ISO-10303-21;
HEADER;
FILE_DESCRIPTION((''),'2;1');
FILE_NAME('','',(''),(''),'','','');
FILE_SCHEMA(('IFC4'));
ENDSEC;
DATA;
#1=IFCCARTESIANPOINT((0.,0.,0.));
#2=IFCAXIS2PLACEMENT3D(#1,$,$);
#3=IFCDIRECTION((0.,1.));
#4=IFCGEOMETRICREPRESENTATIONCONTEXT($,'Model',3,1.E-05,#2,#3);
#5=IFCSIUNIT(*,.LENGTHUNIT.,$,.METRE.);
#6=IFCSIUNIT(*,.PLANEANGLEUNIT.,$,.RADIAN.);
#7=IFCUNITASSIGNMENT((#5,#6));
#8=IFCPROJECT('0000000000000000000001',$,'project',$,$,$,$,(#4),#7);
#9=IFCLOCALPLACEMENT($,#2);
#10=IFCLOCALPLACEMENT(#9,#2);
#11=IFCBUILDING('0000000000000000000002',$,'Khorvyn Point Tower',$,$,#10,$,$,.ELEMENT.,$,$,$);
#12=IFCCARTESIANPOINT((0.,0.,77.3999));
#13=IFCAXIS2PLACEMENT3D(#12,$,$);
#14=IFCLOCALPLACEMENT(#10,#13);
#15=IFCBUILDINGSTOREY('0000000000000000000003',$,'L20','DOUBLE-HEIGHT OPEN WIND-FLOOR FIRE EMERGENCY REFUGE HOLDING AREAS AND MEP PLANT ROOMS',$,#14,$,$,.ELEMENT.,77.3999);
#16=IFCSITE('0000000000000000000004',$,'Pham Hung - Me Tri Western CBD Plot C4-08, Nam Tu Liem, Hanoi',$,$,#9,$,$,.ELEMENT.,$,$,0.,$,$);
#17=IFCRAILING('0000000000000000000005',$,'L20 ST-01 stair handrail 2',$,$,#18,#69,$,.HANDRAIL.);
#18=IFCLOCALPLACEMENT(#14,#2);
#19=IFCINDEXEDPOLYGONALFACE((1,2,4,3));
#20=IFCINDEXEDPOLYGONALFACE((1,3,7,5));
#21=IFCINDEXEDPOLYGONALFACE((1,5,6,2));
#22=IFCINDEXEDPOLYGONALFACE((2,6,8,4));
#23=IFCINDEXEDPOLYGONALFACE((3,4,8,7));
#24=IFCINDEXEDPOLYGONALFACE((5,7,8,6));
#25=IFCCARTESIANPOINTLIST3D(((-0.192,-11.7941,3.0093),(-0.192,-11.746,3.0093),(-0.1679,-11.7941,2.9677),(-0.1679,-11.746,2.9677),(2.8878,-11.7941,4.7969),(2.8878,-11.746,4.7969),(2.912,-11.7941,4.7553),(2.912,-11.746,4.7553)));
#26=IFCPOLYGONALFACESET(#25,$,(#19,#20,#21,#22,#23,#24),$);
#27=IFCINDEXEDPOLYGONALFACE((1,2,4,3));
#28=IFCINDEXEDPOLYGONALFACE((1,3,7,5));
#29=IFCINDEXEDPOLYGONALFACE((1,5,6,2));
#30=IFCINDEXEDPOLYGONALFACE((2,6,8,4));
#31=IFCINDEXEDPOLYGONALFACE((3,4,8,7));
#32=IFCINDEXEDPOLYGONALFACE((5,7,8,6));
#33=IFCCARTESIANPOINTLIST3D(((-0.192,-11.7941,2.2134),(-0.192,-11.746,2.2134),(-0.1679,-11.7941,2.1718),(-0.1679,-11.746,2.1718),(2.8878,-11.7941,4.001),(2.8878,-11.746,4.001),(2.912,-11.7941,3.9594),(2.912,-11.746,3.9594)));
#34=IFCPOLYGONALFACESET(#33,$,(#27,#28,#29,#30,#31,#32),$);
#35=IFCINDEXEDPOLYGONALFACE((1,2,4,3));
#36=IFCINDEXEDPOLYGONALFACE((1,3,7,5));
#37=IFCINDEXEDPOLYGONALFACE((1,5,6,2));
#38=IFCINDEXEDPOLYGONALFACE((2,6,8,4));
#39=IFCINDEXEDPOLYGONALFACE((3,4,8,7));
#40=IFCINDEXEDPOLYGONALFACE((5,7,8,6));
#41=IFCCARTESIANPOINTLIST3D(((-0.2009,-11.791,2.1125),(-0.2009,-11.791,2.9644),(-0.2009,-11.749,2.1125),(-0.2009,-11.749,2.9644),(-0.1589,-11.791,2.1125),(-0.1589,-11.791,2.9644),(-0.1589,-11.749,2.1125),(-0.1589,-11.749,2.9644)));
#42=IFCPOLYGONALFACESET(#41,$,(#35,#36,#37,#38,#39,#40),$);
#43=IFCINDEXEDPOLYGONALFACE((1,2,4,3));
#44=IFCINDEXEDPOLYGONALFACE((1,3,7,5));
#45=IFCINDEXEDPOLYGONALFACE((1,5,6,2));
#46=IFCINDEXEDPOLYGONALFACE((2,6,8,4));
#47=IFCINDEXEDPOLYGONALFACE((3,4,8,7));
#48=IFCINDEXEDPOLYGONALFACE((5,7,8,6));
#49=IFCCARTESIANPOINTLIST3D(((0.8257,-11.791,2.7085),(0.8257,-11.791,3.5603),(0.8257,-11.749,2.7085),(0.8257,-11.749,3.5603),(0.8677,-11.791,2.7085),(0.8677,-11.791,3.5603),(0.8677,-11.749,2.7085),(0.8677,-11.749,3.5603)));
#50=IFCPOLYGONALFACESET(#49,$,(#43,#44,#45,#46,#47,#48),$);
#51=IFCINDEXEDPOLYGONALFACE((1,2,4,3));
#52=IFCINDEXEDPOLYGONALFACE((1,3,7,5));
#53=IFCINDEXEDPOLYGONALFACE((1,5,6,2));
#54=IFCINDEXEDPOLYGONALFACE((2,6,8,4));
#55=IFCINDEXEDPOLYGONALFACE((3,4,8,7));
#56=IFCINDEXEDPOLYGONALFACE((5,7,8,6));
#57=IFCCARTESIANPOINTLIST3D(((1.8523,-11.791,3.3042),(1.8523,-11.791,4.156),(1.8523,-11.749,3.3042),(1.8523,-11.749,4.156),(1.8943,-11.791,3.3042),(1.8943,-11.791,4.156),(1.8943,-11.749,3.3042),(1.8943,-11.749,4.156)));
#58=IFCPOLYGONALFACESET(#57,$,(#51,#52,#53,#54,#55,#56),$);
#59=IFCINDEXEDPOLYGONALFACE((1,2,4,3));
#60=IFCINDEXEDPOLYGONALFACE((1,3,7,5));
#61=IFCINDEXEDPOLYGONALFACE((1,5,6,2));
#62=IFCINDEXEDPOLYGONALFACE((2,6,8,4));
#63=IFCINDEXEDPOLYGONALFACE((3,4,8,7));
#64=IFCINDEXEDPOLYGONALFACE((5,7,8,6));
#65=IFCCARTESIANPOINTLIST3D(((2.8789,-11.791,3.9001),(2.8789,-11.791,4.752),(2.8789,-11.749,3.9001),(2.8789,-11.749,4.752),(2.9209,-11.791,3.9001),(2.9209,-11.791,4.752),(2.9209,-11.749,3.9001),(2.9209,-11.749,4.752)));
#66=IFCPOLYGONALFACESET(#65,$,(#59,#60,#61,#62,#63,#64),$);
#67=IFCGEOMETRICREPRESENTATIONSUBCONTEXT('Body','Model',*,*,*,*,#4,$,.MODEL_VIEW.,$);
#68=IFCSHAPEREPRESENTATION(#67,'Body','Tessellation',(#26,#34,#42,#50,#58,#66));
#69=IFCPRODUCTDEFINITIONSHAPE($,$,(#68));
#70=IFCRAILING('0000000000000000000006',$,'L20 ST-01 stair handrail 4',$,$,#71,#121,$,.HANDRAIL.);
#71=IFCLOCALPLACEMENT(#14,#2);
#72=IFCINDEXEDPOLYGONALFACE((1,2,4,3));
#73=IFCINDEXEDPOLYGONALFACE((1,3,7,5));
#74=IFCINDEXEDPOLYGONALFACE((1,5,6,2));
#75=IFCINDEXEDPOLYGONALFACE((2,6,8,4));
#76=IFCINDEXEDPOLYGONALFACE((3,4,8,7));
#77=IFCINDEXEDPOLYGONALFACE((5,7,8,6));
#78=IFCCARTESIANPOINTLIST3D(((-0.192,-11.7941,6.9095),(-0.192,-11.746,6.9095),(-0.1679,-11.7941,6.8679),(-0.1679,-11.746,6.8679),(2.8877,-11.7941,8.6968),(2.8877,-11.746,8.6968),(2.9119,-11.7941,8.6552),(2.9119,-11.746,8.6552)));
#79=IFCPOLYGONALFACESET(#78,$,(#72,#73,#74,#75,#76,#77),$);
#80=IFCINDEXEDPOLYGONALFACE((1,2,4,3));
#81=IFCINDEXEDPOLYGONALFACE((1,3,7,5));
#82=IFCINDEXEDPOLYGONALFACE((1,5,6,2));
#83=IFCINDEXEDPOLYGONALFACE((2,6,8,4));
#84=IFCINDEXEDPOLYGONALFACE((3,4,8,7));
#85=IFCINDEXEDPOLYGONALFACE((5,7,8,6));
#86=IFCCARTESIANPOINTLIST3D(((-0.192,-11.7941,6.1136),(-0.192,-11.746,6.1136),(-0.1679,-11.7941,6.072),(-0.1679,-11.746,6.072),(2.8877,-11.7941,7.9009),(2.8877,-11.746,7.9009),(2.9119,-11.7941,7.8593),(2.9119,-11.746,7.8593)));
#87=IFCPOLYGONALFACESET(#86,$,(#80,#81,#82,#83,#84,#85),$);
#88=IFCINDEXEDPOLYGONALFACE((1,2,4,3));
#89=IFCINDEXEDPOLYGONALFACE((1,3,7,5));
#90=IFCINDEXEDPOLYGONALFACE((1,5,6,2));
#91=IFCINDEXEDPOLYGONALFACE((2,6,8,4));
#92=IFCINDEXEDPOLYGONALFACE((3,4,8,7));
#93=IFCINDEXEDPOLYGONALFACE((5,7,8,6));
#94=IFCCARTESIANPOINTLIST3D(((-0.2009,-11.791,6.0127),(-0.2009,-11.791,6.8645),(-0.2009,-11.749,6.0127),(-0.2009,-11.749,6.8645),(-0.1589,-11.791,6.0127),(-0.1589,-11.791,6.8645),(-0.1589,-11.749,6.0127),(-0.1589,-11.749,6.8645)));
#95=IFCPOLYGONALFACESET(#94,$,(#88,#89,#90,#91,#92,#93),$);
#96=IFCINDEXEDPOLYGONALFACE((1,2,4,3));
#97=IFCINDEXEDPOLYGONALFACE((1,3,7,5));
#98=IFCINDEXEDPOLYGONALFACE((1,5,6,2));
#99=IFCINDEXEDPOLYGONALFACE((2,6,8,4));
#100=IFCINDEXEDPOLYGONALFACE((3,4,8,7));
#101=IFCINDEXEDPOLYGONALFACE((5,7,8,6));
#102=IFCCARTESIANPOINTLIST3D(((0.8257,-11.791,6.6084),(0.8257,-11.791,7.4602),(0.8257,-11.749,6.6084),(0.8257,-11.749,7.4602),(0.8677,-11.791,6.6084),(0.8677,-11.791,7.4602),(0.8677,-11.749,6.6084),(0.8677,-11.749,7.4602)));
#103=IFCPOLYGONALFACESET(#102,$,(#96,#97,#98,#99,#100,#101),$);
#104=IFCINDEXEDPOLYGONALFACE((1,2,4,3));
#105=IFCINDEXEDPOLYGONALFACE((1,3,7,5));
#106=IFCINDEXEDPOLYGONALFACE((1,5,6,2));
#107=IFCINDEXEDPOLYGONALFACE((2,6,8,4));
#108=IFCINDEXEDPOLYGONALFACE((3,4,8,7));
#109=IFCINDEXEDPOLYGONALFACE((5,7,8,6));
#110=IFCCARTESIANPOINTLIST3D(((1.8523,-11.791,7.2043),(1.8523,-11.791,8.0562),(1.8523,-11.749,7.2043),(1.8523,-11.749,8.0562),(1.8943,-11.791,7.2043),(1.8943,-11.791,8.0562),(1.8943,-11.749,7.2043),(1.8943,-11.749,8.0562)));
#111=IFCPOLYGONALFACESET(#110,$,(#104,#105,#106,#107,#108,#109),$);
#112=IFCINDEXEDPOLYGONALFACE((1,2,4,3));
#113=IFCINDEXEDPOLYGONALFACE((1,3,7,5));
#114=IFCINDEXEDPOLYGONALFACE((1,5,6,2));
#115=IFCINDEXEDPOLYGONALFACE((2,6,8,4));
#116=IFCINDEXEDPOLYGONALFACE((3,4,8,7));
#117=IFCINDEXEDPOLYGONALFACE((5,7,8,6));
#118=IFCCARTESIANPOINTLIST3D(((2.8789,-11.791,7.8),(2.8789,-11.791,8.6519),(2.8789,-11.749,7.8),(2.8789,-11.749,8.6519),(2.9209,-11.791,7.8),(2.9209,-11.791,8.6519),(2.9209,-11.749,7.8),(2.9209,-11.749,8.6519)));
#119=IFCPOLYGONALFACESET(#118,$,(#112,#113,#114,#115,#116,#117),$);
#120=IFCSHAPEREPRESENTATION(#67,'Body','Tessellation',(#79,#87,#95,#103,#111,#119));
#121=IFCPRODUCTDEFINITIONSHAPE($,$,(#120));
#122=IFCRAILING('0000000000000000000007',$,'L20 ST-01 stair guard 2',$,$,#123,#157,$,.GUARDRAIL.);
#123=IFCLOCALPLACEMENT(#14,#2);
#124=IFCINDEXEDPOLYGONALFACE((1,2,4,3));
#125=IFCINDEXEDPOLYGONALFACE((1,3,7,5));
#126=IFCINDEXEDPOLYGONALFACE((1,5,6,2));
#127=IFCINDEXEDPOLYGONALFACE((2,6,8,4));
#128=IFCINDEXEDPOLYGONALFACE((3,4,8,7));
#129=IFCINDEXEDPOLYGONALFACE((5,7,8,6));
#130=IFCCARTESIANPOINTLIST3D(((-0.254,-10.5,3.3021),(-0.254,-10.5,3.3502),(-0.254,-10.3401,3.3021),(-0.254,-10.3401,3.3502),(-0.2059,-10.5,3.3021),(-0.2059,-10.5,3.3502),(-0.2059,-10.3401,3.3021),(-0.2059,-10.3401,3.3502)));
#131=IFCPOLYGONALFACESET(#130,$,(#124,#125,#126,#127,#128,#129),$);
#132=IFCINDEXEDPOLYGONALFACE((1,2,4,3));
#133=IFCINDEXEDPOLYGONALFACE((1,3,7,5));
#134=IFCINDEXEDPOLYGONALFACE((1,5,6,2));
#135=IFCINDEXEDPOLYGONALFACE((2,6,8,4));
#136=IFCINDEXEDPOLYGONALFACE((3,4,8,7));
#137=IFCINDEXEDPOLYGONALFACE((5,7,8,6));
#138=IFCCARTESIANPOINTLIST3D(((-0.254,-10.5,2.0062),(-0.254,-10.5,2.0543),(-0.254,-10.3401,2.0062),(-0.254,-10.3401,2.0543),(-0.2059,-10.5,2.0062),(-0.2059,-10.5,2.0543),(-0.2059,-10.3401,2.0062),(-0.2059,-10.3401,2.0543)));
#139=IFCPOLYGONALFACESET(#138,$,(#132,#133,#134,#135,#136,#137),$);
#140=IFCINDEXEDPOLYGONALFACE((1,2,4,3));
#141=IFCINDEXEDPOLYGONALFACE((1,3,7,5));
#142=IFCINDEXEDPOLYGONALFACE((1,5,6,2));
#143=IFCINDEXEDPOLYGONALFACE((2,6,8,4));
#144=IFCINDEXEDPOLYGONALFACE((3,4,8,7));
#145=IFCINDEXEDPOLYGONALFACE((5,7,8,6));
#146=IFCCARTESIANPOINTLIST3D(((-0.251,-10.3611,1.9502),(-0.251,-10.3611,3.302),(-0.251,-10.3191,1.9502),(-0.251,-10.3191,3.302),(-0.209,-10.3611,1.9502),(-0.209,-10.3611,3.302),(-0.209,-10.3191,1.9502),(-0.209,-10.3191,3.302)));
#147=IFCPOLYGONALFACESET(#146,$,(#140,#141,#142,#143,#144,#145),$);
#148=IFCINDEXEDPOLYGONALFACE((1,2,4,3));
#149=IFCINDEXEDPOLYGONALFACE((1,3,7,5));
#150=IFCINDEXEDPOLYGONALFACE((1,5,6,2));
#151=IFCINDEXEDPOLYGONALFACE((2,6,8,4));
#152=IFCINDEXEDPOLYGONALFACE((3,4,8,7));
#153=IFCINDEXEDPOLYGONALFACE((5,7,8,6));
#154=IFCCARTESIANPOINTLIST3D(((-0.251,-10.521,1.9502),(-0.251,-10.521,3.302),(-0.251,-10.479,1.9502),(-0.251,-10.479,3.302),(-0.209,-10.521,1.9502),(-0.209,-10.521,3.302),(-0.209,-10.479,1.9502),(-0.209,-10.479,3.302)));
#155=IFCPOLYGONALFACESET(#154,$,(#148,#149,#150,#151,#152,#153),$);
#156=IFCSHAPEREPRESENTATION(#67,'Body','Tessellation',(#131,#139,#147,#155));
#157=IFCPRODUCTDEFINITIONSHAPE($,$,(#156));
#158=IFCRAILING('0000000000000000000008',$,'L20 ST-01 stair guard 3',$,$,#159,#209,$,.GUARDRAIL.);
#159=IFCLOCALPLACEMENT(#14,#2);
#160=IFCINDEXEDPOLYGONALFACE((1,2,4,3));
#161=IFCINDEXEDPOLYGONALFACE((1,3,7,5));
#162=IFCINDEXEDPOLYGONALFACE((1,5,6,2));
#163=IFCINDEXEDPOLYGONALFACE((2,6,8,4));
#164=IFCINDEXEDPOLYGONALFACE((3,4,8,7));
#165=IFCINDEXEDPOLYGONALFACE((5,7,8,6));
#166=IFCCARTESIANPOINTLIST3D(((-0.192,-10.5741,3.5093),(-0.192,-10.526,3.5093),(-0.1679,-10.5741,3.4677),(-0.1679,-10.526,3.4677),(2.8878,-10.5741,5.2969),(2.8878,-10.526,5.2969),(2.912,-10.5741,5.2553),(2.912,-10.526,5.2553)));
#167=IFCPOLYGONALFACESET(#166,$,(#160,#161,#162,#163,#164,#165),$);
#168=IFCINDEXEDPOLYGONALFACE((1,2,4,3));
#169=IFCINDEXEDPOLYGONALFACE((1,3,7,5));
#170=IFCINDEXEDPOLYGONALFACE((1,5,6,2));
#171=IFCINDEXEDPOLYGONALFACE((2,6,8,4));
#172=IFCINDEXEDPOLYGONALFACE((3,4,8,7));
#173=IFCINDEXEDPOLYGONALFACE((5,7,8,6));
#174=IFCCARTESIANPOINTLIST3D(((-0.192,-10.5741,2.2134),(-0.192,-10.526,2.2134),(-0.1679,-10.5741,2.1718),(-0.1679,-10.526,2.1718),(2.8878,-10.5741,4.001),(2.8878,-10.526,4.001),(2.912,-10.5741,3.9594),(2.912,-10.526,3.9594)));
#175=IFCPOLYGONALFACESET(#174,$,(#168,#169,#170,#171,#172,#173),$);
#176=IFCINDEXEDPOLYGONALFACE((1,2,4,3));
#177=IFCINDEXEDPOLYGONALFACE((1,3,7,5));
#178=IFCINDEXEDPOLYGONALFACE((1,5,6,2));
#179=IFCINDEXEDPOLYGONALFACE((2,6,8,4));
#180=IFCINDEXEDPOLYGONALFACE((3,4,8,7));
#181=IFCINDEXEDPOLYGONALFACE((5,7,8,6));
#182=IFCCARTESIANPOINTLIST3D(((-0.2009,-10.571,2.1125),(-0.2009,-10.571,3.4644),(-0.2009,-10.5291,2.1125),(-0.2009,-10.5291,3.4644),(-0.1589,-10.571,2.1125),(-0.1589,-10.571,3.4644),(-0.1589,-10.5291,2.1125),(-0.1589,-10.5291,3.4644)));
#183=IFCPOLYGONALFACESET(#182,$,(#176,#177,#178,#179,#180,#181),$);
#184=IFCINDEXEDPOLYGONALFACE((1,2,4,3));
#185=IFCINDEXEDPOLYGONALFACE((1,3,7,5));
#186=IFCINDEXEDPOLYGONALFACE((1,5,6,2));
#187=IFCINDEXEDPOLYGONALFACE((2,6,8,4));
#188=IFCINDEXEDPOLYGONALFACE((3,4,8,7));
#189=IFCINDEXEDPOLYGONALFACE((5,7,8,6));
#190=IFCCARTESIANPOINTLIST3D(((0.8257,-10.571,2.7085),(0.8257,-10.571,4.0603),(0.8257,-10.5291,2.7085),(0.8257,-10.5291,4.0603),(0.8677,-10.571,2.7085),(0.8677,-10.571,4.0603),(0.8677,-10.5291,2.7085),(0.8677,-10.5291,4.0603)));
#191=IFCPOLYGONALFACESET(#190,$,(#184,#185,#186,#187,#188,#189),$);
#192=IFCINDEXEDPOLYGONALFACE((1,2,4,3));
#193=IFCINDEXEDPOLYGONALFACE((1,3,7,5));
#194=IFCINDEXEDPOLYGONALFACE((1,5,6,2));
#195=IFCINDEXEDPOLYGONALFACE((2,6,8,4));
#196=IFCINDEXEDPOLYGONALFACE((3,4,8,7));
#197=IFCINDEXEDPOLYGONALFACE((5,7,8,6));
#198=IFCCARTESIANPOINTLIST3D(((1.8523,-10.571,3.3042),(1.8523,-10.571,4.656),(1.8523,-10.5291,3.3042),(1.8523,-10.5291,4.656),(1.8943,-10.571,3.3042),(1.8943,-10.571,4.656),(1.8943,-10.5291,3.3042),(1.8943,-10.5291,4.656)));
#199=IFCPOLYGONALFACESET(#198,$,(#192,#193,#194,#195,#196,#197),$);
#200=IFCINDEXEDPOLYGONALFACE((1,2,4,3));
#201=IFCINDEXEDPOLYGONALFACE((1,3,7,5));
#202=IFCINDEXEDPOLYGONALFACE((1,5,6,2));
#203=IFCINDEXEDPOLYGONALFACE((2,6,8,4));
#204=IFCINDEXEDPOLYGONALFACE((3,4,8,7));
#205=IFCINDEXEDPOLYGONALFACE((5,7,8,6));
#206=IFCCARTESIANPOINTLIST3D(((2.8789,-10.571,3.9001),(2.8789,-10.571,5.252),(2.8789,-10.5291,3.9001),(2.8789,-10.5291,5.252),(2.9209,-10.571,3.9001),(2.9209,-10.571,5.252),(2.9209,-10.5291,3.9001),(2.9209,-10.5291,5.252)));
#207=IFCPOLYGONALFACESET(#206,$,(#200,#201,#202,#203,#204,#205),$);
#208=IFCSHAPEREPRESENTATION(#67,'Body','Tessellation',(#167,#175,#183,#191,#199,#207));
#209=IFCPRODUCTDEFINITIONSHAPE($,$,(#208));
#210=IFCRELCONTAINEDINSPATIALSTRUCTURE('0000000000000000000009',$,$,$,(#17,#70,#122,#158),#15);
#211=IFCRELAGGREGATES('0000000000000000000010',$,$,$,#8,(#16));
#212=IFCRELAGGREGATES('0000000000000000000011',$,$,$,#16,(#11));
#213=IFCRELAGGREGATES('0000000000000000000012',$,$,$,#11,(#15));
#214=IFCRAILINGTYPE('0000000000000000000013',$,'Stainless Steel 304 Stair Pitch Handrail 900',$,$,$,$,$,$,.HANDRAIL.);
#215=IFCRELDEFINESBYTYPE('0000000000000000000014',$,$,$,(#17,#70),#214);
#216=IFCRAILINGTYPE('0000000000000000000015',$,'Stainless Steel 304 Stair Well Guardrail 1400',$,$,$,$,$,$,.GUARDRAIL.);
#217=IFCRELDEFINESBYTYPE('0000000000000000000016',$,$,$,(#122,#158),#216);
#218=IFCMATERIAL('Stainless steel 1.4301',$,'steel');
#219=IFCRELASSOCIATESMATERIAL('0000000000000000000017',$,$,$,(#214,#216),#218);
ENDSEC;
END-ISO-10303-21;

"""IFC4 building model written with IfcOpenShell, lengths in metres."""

from ifc_helpers import new_model, si_unit, direction, frame, origin, origin_2d, place, context, subcontext, project, spatial, rectangle, extrude, material, type_object, element, save


model = new_model("IFC4")

# Units and contexts
model_context = context("Model", 3, precision=1e-05, world=origin(), true_north=direction((0.0, 1.0)))
body_context = subcontext(model_context, "Body", "Model", "MODEL_VIEW")
ifc_project = project(units=[si_unit("LENGTHUNIT", "METRE"), si_unit("PLANEANGLEUNIT", "RADIAN")], contexts=[model_context])

# Site, building, storey
site_placement = place(None, origin())
site = spatial("IfcSite", under=ifc_project, at=site_placement, Name="Pham Hung - Me Tri Western CBD Plot C4-08, Nam Tu Liem, Hanoi", CompositionType="ELEMENT", RefElevation=0.0)
building_placement = place(site_placement, origin())
building = spatial("IfcBuilding", under=site, at=building_placement, Name="Khorvyn Point Tower", CompositionType="ELEMENT")
storey_placement = place(building_placement, frame((0.0, 0.0, 77.3999)))
storey = spatial("IfcBuildingStorey", under=building, at=storey_placement, Name="L20", Description="DOUBLE-HEIGHT OPEN WIND-FLOOR FIRE EMERGENCY REFUGE HOLDING AREAS AND MEP PLANT ROOMS", CompositionType="ELEMENT", Elevation=77.3999)

# Railings
ifc_material_1 = material(Name="Stainless steel 1.4301", Category="steel")
railing_type_1 = type_object("IfcRailingType", Name="Stainless Steel 304 Stair Pitch Handrail 900", PredefinedType="HANDRAIL", material=ifc_material_1)
railing_1_placement = place(storey_placement, frame((-0.1799, -11.77, 2.1125)))
element("IfcRailing", 1, at=railing_1_placement, inside=storey, type_object=railing_type_1, Name="L20 ST-01 stair handrail 2", PredefinedType="HANDRAIL", context=body_context, shape_type="SweptSolid", body=[
    extrude(rectangle(XDim=0.0481, YDim=0.0481, at=origin_2d()), frame((0.0, 0.0, 0.876), z_axis=(0.864873, 0.0, 0.50199), x_axis=(0.0, 1.0, 0.0)), (0.0, 0.0, 1.0), 3.561),
    extrude(rectangle(XDim=0.0481, YDim=0.0481, at=origin_2d()), frame((0.0, 0.0, 0.0801), z_axis=(0.864873, 0.0, 0.50199), x_axis=(0.0, 1.0, 0.0)), (0.0, 0.0, 1.0), 3.561),
    extrude(rectangle(XDim=0.042, YDim=0.042, at=origin_2d()), origin(), (0.0, 0.0, 1.0), 0.8518),
    extrude(rectangle(XDim=0.042, YDim=0.042, at=origin_2d()), frame((1.0266, 0.0, 0.5959)), (0.0, 0.0, 1.0), 0.8518),
    extrude(rectangle(XDim=0.042, YDim=0.042, at=origin_2d()), frame((2.0532, 0.0, 1.1917)), (0.0, 0.0, 1.0), 0.8518),
    extrude(rectangle(XDim=0.042, YDim=0.042, at=origin_2d()), frame((3.0798, 0.0, 1.7876)), (0.0, 0.0, 1.0), 0.8518),
])
railing_2_placement = place(storey_placement, frame((-0.1799, -11.77, 6.0127)))
element("IfcRailing", 2, at=railing_2_placement, inside=storey, type_object=railing_type_1, Name="L20 ST-01 stair handrail 4", PredefinedType="HANDRAIL", context=body_context, shape_type="SweptSolid", body=[
    extrude(rectangle(XDim=0.0481, YDim=0.0481, at=origin_2d()), frame((0.0, 0.0, 0.876), z_axis=(0.864903, 0.0, 0.501939), x_axis=(0.0, 1.0, 0.0)), (0.0, 0.0, 1.0), 3.5608),
    extrude(rectangle(XDim=0.0481, YDim=0.0481, at=origin_2d()), frame((0.0, 0.0, 0.0801), z_axis=(0.864903, 0.0, 0.501939), x_axis=(0.0, 1.0, 0.0)), (0.0, 0.0, 1.0), 3.5608),
    extrude(rectangle(XDim=0.042, YDim=0.042, at=origin_2d()), origin(), (0.0, 0.0, 1.0), 0.8518),
    extrude(rectangle(XDim=0.042, YDim=0.042, at=origin_2d()), frame((1.0266, 0.0, 0.5957)), (0.0, 0.0, 1.0), 0.8518),
    extrude(rectangle(XDim=0.042, YDim=0.042, at=origin_2d()), frame((2.0532, 0.0, 1.1917)), (0.0, 0.0, 1.0), 0.8518),
    extrude(rectangle(XDim=0.042, YDim=0.042, at=origin_2d()), frame((3.0798, 0.0, 1.7874)), (0.0, 0.0, 1.0), 0.8518),
])
railing_type_2 = type_object("IfcRailingType", Name="Stainless Steel 304 Stair Well Guardrail 1400", PredefinedType="GUARDRAIL", material=ifc_material_1)
railing_3_placement = place(storey_placement, frame((-0.23, -10.3401, 1.9502)))
element("IfcRailing", 3, at=railing_3_placement, inside=storey, type_object=railing_type_2, Name="L20 ST-01 stair guard 2", PredefinedType="GUARDRAIL", context=body_context, shape_type="SweptSolid", body=[
    extrude(rectangle(XDim=0.0481, YDim=0.0481, at=origin_2d()), frame((0.0, 0.0, 1.376), z_axis=(0.0, -1.0, 0.0), x_axis=(1.0, 0.0, 0.0)), (0.0, 0.0, 1.0), 0.1599),
    extrude(rectangle(XDim=0.0481, YDim=0.0481, at=origin_2d()), frame((0.0, 0.0, 0.0801), z_axis=(0.0, -1.0, 0.0), x_axis=(1.0, 0.0, 0.0)), (0.0, 0.0, 1.0), 0.1599),
    extrude(rectangle(XDim=0.042, YDim=0.042, at=origin_2d()), origin(), (0.0, 0.0, 1.0), 1.3518),
    extrude(rectangle(XDim=0.042, YDim=0.042, at=origin_2d()), frame((0.0, -0.1599, 0.0)), (0.0, 0.0, 1.0), 1.3518),
])
railing_4_placement = place(storey_placement, frame((-0.1799, -10.55, 2.1125)))
element("IfcRailing", 4, at=railing_4_placement, inside=storey, type_object=railing_type_2, Name="L20 ST-01 stair guard 3", PredefinedType="GUARDRAIL", context=body_context, shape_type="SweptSolid", body=[
    extrude(rectangle(XDim=0.0481, YDim=0.0481, at=origin_2d()), frame((0.0, 0.0, 1.376), z_axis=(0.864873, 0.0, 0.50199), x_axis=(0.0, 1.0, 0.0)), (0.0, 0.0, 1.0), 3.561),
    extrude(rectangle(XDim=0.0481, YDim=0.0481, at=origin_2d()), frame((0.0, 0.0, 0.0801), z_axis=(0.864873, 0.0, 0.50199), x_axis=(0.0, 1.0, 0.0)), (0.0, 0.0, 1.0), 3.561),
    extrude(rectangle(XDim=0.042, YDim=0.042, at=origin_2d()), origin(), (0.0, 0.0, 1.0), 1.3518),
    extrude(rectangle(XDim=0.042, YDim=0.042, at=origin_2d()), frame((1.0266, 0.0, 0.5959)), (0.0, 0.0, 1.0), 1.3518),
    extrude(rectangle(XDim=0.042, YDim=0.042, at=origin_2d()), frame((2.0532, 0.0, 1.1917)), (0.0, 0.0, 1.0), 1.3518),
    extrude(rectangle(XDim=0.042, YDim=0.042, at=origin_2d()), frame((3.0798, 0.0, 1.7876)), (0.0, 0.0, 1.0), 1.3518),
])

save(model, "model.ifc")
